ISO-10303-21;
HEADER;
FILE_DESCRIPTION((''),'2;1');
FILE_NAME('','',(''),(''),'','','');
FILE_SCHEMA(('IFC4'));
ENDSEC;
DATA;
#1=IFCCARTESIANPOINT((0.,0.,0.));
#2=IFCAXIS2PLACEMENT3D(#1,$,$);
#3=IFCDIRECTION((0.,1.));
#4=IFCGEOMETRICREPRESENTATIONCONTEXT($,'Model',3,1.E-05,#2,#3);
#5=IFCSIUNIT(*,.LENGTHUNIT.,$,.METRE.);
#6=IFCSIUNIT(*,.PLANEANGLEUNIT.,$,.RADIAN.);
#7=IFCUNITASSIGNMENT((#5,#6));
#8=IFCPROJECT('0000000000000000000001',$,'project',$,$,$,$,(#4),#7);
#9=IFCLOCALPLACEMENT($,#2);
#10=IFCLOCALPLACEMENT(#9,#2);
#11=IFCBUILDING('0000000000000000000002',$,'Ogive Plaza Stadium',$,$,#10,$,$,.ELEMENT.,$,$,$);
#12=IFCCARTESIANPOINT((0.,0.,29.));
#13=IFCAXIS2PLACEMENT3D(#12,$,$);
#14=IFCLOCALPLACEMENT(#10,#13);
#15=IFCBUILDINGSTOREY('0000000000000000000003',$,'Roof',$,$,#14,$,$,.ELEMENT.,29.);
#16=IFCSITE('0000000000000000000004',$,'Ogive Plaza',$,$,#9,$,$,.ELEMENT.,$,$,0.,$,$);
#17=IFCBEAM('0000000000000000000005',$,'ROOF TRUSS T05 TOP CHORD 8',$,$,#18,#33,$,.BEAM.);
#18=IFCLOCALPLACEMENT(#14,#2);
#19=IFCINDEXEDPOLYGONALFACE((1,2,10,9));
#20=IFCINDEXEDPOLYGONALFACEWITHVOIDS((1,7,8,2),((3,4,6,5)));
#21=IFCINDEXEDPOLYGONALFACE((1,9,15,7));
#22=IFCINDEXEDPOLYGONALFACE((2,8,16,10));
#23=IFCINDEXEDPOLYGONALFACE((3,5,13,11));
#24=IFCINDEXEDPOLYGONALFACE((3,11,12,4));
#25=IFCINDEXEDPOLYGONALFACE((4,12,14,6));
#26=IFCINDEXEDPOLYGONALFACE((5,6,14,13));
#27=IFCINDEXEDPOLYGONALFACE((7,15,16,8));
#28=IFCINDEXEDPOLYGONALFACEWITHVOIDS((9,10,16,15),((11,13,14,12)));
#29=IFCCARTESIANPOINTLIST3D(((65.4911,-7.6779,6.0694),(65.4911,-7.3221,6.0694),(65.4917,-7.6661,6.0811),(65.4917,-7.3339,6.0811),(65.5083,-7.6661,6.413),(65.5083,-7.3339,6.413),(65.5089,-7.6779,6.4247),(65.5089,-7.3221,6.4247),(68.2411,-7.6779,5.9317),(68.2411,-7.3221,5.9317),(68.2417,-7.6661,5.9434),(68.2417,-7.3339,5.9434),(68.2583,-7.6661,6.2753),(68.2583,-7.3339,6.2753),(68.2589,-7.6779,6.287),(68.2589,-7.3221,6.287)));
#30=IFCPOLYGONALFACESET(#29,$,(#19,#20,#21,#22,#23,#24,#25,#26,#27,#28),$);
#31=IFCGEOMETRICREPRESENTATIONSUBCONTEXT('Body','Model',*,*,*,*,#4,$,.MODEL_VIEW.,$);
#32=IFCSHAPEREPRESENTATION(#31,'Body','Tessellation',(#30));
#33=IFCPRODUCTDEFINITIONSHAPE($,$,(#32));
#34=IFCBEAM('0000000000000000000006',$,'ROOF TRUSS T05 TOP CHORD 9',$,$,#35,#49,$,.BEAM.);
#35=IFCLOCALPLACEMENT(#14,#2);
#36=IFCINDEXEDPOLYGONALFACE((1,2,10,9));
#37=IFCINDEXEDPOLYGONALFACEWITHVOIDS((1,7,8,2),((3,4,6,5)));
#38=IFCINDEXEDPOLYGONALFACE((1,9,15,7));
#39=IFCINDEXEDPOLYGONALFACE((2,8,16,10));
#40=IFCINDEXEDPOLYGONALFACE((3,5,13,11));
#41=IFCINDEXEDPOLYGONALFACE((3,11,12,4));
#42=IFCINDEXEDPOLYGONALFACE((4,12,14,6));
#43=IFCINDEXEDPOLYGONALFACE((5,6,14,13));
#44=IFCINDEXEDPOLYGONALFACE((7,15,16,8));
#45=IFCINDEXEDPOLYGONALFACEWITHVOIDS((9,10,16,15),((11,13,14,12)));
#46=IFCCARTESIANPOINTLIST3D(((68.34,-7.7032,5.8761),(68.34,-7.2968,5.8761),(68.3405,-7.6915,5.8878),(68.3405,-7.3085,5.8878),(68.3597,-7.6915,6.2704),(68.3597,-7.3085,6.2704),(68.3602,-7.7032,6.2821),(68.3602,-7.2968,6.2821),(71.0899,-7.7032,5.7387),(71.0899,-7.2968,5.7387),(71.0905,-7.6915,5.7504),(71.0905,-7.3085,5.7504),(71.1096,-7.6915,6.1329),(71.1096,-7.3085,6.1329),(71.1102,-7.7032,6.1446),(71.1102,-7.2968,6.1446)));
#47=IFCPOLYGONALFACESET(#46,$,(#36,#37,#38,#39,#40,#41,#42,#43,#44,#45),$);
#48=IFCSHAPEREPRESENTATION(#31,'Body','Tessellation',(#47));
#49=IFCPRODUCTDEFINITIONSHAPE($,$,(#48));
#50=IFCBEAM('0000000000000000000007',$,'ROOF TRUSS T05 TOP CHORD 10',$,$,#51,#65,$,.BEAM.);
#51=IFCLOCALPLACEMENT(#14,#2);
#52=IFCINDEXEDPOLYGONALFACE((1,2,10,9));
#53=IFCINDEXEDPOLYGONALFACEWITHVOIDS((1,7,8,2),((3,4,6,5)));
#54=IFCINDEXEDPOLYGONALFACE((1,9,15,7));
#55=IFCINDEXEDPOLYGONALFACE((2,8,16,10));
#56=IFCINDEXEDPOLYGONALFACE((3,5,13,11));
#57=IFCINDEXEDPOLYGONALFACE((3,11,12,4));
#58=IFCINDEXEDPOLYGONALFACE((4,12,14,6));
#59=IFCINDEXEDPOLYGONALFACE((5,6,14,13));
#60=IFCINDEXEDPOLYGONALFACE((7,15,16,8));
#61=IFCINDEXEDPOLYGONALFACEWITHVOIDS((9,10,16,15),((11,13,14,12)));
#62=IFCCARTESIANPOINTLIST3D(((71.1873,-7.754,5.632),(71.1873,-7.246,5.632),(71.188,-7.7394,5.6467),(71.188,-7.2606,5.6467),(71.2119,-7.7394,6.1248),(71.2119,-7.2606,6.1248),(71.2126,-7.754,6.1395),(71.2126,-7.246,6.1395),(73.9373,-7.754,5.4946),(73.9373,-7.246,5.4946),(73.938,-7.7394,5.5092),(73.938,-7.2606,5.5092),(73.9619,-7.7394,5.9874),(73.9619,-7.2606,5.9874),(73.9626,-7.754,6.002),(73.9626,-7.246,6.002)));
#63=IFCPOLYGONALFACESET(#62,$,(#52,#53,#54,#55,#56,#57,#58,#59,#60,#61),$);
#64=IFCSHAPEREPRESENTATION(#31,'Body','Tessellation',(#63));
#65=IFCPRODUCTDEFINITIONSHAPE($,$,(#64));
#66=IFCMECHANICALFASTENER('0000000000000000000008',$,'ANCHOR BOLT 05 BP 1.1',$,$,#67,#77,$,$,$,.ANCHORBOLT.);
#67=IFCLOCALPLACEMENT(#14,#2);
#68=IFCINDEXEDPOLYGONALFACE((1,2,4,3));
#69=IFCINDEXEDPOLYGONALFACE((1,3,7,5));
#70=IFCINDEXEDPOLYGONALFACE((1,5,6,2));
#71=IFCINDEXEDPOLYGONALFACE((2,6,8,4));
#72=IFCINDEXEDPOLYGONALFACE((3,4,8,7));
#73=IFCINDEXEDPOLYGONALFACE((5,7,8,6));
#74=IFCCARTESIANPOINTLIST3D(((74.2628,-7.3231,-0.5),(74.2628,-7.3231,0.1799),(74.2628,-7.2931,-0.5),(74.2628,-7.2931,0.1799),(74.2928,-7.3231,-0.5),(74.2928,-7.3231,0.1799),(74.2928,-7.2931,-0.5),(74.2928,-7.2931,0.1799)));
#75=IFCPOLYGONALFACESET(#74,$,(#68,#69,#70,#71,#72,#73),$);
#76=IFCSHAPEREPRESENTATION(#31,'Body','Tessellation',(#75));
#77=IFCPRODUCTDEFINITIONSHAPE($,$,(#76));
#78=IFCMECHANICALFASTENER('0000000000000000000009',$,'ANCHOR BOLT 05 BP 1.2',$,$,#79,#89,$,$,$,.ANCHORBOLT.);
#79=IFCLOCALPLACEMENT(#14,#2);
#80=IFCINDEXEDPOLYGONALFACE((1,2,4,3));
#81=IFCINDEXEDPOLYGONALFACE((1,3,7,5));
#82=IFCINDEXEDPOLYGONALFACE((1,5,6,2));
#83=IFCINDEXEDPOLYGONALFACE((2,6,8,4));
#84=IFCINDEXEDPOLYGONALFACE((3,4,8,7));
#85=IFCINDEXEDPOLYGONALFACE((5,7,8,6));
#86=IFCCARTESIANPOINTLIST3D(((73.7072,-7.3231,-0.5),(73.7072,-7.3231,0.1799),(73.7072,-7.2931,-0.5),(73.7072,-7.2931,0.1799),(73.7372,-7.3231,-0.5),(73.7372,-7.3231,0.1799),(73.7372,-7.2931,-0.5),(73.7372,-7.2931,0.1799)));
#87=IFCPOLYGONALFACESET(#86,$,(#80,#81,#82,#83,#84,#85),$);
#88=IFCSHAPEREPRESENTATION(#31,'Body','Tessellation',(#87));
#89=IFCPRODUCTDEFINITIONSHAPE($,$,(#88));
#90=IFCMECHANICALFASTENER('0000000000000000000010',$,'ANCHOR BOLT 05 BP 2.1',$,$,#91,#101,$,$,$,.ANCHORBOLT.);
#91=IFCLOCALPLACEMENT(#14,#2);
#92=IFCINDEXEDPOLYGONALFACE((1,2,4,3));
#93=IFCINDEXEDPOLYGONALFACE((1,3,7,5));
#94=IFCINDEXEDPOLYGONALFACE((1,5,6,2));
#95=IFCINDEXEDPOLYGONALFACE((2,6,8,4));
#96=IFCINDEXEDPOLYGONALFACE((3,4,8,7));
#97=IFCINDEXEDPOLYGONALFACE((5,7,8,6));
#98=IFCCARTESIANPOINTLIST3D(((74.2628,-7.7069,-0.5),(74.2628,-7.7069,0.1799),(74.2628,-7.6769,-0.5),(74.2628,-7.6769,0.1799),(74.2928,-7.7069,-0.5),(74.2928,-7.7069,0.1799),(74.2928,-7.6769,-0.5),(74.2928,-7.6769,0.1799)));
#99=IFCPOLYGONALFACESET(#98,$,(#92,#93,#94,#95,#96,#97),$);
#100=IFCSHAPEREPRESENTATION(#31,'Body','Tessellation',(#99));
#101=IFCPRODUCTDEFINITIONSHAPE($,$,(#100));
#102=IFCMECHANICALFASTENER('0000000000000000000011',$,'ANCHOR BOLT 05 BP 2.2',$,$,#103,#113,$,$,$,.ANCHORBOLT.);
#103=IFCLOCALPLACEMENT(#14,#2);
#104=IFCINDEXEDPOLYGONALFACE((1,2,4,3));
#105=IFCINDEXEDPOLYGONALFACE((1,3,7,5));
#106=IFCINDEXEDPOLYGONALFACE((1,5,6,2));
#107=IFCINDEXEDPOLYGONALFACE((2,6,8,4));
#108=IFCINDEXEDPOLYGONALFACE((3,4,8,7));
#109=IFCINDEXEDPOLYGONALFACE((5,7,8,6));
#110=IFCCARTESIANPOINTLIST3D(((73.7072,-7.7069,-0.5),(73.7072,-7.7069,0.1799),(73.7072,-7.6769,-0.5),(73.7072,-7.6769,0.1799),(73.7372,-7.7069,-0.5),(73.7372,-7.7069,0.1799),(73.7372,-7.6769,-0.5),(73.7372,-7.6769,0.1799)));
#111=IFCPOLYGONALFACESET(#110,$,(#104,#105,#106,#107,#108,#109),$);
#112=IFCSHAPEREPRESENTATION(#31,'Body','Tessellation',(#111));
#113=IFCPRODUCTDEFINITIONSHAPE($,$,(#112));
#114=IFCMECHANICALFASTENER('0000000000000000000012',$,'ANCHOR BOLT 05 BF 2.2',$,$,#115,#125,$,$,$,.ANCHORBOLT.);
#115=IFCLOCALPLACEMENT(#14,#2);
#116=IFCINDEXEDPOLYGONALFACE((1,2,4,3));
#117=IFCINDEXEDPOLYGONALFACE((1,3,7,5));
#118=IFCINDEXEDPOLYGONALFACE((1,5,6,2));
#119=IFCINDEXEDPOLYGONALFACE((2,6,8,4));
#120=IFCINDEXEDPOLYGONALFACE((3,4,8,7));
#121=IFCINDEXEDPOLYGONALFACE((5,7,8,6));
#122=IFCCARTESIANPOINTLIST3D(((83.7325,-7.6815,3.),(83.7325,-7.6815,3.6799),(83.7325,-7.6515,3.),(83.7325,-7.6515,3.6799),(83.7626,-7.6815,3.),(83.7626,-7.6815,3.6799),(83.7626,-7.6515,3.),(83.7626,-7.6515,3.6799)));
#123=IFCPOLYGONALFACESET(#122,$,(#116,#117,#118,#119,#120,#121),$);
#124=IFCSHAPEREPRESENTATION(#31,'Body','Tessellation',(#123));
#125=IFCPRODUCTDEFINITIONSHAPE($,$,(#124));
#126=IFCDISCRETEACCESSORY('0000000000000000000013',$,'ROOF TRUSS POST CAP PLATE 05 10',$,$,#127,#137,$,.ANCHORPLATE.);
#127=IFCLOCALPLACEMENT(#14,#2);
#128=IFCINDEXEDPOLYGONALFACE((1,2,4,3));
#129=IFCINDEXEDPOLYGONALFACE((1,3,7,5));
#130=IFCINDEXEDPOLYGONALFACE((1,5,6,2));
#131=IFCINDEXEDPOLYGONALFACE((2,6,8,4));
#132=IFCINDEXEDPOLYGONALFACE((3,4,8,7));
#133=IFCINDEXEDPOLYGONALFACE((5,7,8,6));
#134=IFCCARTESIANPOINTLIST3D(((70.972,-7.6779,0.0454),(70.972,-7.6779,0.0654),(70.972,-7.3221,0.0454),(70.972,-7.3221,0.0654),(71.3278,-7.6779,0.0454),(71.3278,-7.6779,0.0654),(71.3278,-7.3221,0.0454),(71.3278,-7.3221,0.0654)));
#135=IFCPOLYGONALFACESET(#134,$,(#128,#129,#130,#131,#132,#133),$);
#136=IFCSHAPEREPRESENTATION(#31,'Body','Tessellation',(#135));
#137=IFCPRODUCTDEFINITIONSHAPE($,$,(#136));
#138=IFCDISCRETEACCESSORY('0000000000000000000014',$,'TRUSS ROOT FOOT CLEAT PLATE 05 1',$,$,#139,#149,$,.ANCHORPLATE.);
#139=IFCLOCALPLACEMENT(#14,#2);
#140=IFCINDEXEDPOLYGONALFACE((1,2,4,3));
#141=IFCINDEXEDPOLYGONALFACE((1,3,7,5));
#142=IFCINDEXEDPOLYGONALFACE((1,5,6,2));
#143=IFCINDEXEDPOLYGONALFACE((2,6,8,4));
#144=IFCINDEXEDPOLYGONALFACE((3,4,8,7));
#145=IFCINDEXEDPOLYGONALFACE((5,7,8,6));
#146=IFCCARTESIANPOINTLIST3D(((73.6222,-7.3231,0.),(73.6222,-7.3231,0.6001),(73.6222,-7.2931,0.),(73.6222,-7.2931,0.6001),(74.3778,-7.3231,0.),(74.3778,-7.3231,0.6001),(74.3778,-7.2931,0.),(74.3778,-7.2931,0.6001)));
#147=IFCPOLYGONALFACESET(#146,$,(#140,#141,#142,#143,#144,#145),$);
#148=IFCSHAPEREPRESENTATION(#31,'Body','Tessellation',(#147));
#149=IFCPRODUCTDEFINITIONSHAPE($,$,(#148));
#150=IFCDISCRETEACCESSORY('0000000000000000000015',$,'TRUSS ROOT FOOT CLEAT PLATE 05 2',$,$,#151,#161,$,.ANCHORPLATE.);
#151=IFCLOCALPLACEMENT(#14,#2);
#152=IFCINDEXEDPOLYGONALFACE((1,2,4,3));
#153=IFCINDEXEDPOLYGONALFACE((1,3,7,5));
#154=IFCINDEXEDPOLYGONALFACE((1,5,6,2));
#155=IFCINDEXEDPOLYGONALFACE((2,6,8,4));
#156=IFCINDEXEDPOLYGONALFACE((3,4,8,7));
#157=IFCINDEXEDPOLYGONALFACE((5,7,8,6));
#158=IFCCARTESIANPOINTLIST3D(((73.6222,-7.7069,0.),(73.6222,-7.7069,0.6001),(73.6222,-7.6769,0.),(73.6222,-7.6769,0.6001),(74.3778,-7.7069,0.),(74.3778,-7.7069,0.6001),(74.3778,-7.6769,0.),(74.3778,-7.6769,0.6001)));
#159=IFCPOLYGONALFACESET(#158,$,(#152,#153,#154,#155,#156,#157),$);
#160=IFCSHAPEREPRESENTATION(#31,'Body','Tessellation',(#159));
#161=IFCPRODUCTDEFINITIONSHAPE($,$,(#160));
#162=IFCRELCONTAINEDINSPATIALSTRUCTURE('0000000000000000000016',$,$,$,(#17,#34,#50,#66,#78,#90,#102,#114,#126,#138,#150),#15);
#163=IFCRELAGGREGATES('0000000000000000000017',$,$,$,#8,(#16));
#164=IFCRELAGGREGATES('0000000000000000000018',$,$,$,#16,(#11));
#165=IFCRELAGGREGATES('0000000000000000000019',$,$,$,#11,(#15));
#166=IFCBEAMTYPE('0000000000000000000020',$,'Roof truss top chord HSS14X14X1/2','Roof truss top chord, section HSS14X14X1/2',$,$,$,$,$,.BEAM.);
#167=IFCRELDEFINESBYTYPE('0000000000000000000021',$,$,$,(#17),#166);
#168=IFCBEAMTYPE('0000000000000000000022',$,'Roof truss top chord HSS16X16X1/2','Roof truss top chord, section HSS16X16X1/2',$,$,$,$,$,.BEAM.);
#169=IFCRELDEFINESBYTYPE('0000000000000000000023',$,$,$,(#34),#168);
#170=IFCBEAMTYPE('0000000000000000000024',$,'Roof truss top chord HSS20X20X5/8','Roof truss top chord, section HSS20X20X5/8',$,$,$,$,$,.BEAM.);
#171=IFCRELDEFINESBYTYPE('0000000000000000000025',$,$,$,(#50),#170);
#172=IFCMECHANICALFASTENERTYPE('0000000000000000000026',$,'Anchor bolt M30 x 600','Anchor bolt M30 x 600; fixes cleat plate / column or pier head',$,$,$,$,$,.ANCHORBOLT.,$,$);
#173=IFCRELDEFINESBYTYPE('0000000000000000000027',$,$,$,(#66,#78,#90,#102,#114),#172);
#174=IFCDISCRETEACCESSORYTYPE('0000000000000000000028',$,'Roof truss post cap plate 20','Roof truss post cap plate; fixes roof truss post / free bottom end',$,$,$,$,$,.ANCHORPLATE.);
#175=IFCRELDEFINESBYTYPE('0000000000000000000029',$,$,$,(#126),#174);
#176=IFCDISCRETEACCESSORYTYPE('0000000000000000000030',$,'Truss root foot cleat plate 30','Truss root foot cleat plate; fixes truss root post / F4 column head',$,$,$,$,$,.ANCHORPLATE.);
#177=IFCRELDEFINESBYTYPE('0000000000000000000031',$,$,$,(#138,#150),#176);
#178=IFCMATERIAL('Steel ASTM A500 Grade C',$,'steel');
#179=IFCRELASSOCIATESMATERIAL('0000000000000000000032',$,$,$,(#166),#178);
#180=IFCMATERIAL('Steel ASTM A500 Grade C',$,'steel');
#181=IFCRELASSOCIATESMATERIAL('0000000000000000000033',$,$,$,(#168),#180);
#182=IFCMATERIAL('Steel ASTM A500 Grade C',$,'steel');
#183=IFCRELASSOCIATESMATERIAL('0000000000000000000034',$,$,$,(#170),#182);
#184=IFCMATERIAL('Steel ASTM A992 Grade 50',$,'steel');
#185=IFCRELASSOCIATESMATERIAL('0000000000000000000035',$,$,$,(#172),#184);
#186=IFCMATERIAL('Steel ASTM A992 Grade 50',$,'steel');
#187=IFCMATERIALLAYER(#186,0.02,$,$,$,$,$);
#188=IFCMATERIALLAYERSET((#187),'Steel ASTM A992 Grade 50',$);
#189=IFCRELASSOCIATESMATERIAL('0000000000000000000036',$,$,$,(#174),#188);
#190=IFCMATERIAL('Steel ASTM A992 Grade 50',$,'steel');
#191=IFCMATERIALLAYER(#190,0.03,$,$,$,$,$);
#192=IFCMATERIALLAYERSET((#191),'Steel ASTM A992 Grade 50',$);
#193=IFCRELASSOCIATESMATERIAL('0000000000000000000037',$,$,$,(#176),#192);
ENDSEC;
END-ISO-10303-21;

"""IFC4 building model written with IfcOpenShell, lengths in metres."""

from ifc_helpers import new_model, si_unit, direction, frame, origin, origin_2d, place, context, subcontext, project, spatial, rectangle, hollow_rectangle, extrude, material, layer, layer_set, material_profile, profile_set, type_object, element, save


model = new_model("IFC4")

# Units and contexts
model_context = context("Model", 3, precision=1e-05, world=origin(), true_north=direction((0.0, 1.0)))
body_context = subcontext(model_context, "Body", "Model", "MODEL_VIEW")
ifc_project = project(units=[si_unit("LENGTHUNIT", "METRE"), si_unit("PLANEANGLEUNIT", "RADIAN")], contexts=[model_context])

# Site, building, storey
site_placement = place(None, origin())
site = spatial("IfcSite", under=ifc_project, at=site_placement, Name="Ogive Plaza", CompositionType="ELEMENT", RefElevation=0.0)
building_placement = place(site_placement, origin())
building = spatial("IfcBuilding", under=site, at=building_placement, Name="Ogive Plaza Stadium", CompositionType="ELEMENT")
storey_placement = place(building_placement, frame((0.0, 0.0, 29.0)))
storey = spatial("IfcBuildingStorey", under=building, at=storey_placement, Name="Roof", CompositionType="ELEMENT", Elevation=29.0)

# Beams
ifc_material_1 = material(Name="Steel ASTM A500 Grade C", Category="steel")
ifc_material_profile_1 = material_profile(ifc_material_1, hollow_rectangle(XDim=0.3557, YDim=0.3557, WallThickness=0.0117, at=origin_2d()), Name="HSS14X14X1/2")
ifc_profile_set_1 = profile_set([ifc_material_profile_1], Name="Steel ASTM A500 Grade C")
beam_type_1 = type_object("IfcBeamType", Name="Roof truss top chord HSS14X14X1/2", Description="Roof truss top chord, section HSS14X14X1/2", PredefinedType="BEAM", material=ifc_profile_set_1)
beam_1_placement = place(storey_placement, frame((65.5, -7.5, 6.2471), z_axis=(0.998749, 0.0, -0.050008), x_axis=(0.0, 1.0, 0.0)))
element("IfcBeam", 1, at=beam_1_placement, inside=storey, type_object=beam_type_1, Name="ROOF TRUSS T05 TOP CHORD 8", PredefinedType="BEAM", context=body_context, shape_type="SweptSolid", body=[
    extrude(hollow_rectangle(XDim=0.3557, YDim=0.3557, WallThickness=0.0117, at=origin_2d()), origin(), (0.0, 0.0, 1.0), 2.7534),
])
ifc_material_2 = material(Name="Steel ASTM A500 Grade C", Category="steel")
ifc_material_profile_2 = material_profile(ifc_material_2, hollow_rectangle(XDim=0.4065, YDim=0.4065, WallThickness=0.0117, at=origin_2d()), Name="HSS16X16X1/2")
ifc_profile_set_2 = profile_set([ifc_material_profile_2], Name="Steel ASTM A500 Grade C")
beam_type_2 = type_object("IfcBeamType", Name="Roof truss top chord HSS16X16X1/2", Description="Roof truss top chord, section HSS16X16X1/2", PredefinedType="BEAM", material=ifc_profile_set_2)
beam_2_placement = place(storey_placement, frame((68.3501, -7.5, 6.0791), z_axis=(0.998753, 0.0, -0.04992), x_axis=(0.0, 1.0, 0.0)))
element("IfcBeam", 2, at=beam_2_placement, inside=storey, type_object=beam_type_2, Name="ROOF TRUSS T05 TOP CHORD 9", PredefinedType="BEAM", context=body_context, shape_type="SweptSolid", body=[
    extrude(hollow_rectangle(XDim=0.4065, YDim=0.4065, WallThickness=0.0117, at=origin_2d()), origin(), (0.0, 0.0, 1.0), 2.7534),
])
ifc_material_3 = material(Name="Steel ASTM A500 Grade C", Category="steel")
ifc_material_profile_3 = material_profile(ifc_material_3, hollow_rectangle(XDim=0.5081, YDim=0.5081, WallThickness=0.0146, at=origin_2d()), Name="HSS20X20X5/8")
ifc_profile_set_3 = profile_set([ifc_material_profile_3], Name="Steel ASTM A500 Grade C")
beam_type_3 = type_object("IfcBeamType", Name="Roof truss top chord HSS20X20X5/8", Description="Roof truss top chord, section HSS20X20X5/8", PredefinedType="BEAM", material=ifc_profile_set_3)
beam_3_placement = place(storey_placement, frame((71.2, -7.5, 5.8857), z_axis=(0.998753, 0.0, -0.04992), x_axis=(0.0, 1.0, 0.0)))
element("IfcBeam", 3, at=beam_3_placement, inside=storey, type_object=beam_type_3, Name="ROOF TRUSS T05 TOP CHORD 10", PredefinedType="BEAM", context=body_context, shape_type="SweptSolid", body=[
    extrude(hollow_rectangle(XDim=0.5081, YDim=0.5081, WallThickness=0.0146, at=origin_2d()), origin(), (0.0, 0.0, 1.0), 2.7534),
])

# Mechanical fasteners
ifc_material_4 = material(Name="Steel ASTM A992 Grade 50", Category="steel")
mechanical_fastener_type = type_object("IfcMechanicalFastenerType", Name="Anchor bolt M30 x 600", Description="Anchor bolt M30 x 600; fixes cleat plate / column or pier head", PredefinedType="ANCHORBOLT", material=ifc_material_4)
for number, where, z_axis, x_axis, name in (
    (4, (74.2778, -7.3081, -0.5), (0.0, 0.0, 1.0), (1.0, 0.0, 0.0), "ANCHOR BOLT 05 BP 1.1"),
    (5, (73.7222, -7.3081, -0.5), (0.0, 0.0, 1.0), (1.0, 0.0, 0.0), "ANCHOR BOLT 05 BP 1.2"),
    (6, (74.2778, -7.6919, -0.5), (0.0, 0.0, 1.0), (1.0, 0.0, 0.0), "ANCHOR BOLT 05 BP 2.1"),
    (7, (73.7222, -7.6919, -0.5), (0.0, 0.0, 1.0), (1.0, 0.0, 0.0), "ANCHOR BOLT 05 BP 2.2"),
    (8, (83.7476, -7.6665, 3.0), (0.0, 0.0, 1.0), (1.0, 0.0, 0.0), "ANCHOR BOLT 05 BF 2.2"),
):
    element("IfcMechanicalFastener", number, at=place(storey_placement, frame(where, z_axis=z_axis, x_axis=x_axis)), inside=storey, type_object=mechanical_fastener_type, Name=name, PredefinedType="ANCHORBOLT", context=body_context, shape_type="SweptSolid", body=[
        extrude(rectangle(XDim=0.03, YDim=0.03, at=origin_2d()), origin(), (0.0, 0.0, 1.0), 0.6799),
    ])

# Discrete accessories
ifc_material_5 = material(Name="Steel ASTM A992 Grade 50", Category="steel")
ifc_layer_1 = layer(ifc_material_5, 0.02)
ifc_layer_set_1 = layer_set([ifc_layer_1], Name="Steel ASTM A992 Grade 50")
discrete_accessory_type_1 = type_object("IfcDiscreteAccessoryType", Name="Roof truss post cap plate 20", Description="Roof truss post cap plate; fixes roof truss post / free bottom end", PredefinedType="ANCHORPLATE", material=ifc_layer_set_1)
discrete_accessory_placement = place(storey_placement, frame((71.1499, -7.5, 0.0454), z_axis=(0.0, 0.0, 1.0), x_axis=(1.0, 0.0, 0.0)))
element("IfcDiscreteAccessory", 9, at=discrete_accessory_placement, inside=storey, type_object=discrete_accessory_type_1, Name="ROOF TRUSS POST CAP PLATE 05 10", PredefinedType="ANCHORPLATE", context=body_context, shape_type="SweptSolid", body=[
    extrude(rectangle(XDim=0.3557, YDim=0.3557, at=origin_2d()), origin(), (0.0, 0.0, 1.0), 0.02),
])
ifc_material_6 = material(Name="Steel ASTM A992 Grade 50", Category="steel")
ifc_layer_2 = layer(ifc_material_6, 0.03)
ifc_layer_set_2 = layer_set([ifc_layer_2], Name="Steel ASTM A992 Grade 50")
discrete_accessory_type_2 = type_object("IfcDiscreteAccessoryType", Name="Truss root foot cleat plate 30", Description="Truss root foot cleat plate; fixes truss root post / F4 column head", PredefinedType="ANCHORPLATE", material=ifc_layer_set_2)
for number, where, z_axis, x_axis, name in (
    (10, (74.0, -7.3081, 0.0), (0.0, 0.0, 1.0), (1.0, 0.0, 0.0), "TRUSS ROOT FOOT CLEAT PLATE 05 1"),
    (11, (74.0, -7.6919, 0.0), (0.0, 0.0, 1.0), (1.0, 0.0, 0.0), "TRUSS ROOT FOOT CLEAT PLATE 05 2"),
):
    element("IfcDiscreteAccessory", number, at=place(storey_placement, frame(where, z_axis=z_axis, x_axis=x_axis)), inside=storey, type_object=discrete_accessory_type_2, Name=name, PredefinedType="ANCHORPLATE", context=body_context, shape_type="SweptSolid", body=[
        extrude(rectangle(XDim=0.7556, YDim=0.03, at=origin_2d()), origin(), (0.0, 0.0, 1.0), 0.6001),
    ])

save(model, "model.ifc")
